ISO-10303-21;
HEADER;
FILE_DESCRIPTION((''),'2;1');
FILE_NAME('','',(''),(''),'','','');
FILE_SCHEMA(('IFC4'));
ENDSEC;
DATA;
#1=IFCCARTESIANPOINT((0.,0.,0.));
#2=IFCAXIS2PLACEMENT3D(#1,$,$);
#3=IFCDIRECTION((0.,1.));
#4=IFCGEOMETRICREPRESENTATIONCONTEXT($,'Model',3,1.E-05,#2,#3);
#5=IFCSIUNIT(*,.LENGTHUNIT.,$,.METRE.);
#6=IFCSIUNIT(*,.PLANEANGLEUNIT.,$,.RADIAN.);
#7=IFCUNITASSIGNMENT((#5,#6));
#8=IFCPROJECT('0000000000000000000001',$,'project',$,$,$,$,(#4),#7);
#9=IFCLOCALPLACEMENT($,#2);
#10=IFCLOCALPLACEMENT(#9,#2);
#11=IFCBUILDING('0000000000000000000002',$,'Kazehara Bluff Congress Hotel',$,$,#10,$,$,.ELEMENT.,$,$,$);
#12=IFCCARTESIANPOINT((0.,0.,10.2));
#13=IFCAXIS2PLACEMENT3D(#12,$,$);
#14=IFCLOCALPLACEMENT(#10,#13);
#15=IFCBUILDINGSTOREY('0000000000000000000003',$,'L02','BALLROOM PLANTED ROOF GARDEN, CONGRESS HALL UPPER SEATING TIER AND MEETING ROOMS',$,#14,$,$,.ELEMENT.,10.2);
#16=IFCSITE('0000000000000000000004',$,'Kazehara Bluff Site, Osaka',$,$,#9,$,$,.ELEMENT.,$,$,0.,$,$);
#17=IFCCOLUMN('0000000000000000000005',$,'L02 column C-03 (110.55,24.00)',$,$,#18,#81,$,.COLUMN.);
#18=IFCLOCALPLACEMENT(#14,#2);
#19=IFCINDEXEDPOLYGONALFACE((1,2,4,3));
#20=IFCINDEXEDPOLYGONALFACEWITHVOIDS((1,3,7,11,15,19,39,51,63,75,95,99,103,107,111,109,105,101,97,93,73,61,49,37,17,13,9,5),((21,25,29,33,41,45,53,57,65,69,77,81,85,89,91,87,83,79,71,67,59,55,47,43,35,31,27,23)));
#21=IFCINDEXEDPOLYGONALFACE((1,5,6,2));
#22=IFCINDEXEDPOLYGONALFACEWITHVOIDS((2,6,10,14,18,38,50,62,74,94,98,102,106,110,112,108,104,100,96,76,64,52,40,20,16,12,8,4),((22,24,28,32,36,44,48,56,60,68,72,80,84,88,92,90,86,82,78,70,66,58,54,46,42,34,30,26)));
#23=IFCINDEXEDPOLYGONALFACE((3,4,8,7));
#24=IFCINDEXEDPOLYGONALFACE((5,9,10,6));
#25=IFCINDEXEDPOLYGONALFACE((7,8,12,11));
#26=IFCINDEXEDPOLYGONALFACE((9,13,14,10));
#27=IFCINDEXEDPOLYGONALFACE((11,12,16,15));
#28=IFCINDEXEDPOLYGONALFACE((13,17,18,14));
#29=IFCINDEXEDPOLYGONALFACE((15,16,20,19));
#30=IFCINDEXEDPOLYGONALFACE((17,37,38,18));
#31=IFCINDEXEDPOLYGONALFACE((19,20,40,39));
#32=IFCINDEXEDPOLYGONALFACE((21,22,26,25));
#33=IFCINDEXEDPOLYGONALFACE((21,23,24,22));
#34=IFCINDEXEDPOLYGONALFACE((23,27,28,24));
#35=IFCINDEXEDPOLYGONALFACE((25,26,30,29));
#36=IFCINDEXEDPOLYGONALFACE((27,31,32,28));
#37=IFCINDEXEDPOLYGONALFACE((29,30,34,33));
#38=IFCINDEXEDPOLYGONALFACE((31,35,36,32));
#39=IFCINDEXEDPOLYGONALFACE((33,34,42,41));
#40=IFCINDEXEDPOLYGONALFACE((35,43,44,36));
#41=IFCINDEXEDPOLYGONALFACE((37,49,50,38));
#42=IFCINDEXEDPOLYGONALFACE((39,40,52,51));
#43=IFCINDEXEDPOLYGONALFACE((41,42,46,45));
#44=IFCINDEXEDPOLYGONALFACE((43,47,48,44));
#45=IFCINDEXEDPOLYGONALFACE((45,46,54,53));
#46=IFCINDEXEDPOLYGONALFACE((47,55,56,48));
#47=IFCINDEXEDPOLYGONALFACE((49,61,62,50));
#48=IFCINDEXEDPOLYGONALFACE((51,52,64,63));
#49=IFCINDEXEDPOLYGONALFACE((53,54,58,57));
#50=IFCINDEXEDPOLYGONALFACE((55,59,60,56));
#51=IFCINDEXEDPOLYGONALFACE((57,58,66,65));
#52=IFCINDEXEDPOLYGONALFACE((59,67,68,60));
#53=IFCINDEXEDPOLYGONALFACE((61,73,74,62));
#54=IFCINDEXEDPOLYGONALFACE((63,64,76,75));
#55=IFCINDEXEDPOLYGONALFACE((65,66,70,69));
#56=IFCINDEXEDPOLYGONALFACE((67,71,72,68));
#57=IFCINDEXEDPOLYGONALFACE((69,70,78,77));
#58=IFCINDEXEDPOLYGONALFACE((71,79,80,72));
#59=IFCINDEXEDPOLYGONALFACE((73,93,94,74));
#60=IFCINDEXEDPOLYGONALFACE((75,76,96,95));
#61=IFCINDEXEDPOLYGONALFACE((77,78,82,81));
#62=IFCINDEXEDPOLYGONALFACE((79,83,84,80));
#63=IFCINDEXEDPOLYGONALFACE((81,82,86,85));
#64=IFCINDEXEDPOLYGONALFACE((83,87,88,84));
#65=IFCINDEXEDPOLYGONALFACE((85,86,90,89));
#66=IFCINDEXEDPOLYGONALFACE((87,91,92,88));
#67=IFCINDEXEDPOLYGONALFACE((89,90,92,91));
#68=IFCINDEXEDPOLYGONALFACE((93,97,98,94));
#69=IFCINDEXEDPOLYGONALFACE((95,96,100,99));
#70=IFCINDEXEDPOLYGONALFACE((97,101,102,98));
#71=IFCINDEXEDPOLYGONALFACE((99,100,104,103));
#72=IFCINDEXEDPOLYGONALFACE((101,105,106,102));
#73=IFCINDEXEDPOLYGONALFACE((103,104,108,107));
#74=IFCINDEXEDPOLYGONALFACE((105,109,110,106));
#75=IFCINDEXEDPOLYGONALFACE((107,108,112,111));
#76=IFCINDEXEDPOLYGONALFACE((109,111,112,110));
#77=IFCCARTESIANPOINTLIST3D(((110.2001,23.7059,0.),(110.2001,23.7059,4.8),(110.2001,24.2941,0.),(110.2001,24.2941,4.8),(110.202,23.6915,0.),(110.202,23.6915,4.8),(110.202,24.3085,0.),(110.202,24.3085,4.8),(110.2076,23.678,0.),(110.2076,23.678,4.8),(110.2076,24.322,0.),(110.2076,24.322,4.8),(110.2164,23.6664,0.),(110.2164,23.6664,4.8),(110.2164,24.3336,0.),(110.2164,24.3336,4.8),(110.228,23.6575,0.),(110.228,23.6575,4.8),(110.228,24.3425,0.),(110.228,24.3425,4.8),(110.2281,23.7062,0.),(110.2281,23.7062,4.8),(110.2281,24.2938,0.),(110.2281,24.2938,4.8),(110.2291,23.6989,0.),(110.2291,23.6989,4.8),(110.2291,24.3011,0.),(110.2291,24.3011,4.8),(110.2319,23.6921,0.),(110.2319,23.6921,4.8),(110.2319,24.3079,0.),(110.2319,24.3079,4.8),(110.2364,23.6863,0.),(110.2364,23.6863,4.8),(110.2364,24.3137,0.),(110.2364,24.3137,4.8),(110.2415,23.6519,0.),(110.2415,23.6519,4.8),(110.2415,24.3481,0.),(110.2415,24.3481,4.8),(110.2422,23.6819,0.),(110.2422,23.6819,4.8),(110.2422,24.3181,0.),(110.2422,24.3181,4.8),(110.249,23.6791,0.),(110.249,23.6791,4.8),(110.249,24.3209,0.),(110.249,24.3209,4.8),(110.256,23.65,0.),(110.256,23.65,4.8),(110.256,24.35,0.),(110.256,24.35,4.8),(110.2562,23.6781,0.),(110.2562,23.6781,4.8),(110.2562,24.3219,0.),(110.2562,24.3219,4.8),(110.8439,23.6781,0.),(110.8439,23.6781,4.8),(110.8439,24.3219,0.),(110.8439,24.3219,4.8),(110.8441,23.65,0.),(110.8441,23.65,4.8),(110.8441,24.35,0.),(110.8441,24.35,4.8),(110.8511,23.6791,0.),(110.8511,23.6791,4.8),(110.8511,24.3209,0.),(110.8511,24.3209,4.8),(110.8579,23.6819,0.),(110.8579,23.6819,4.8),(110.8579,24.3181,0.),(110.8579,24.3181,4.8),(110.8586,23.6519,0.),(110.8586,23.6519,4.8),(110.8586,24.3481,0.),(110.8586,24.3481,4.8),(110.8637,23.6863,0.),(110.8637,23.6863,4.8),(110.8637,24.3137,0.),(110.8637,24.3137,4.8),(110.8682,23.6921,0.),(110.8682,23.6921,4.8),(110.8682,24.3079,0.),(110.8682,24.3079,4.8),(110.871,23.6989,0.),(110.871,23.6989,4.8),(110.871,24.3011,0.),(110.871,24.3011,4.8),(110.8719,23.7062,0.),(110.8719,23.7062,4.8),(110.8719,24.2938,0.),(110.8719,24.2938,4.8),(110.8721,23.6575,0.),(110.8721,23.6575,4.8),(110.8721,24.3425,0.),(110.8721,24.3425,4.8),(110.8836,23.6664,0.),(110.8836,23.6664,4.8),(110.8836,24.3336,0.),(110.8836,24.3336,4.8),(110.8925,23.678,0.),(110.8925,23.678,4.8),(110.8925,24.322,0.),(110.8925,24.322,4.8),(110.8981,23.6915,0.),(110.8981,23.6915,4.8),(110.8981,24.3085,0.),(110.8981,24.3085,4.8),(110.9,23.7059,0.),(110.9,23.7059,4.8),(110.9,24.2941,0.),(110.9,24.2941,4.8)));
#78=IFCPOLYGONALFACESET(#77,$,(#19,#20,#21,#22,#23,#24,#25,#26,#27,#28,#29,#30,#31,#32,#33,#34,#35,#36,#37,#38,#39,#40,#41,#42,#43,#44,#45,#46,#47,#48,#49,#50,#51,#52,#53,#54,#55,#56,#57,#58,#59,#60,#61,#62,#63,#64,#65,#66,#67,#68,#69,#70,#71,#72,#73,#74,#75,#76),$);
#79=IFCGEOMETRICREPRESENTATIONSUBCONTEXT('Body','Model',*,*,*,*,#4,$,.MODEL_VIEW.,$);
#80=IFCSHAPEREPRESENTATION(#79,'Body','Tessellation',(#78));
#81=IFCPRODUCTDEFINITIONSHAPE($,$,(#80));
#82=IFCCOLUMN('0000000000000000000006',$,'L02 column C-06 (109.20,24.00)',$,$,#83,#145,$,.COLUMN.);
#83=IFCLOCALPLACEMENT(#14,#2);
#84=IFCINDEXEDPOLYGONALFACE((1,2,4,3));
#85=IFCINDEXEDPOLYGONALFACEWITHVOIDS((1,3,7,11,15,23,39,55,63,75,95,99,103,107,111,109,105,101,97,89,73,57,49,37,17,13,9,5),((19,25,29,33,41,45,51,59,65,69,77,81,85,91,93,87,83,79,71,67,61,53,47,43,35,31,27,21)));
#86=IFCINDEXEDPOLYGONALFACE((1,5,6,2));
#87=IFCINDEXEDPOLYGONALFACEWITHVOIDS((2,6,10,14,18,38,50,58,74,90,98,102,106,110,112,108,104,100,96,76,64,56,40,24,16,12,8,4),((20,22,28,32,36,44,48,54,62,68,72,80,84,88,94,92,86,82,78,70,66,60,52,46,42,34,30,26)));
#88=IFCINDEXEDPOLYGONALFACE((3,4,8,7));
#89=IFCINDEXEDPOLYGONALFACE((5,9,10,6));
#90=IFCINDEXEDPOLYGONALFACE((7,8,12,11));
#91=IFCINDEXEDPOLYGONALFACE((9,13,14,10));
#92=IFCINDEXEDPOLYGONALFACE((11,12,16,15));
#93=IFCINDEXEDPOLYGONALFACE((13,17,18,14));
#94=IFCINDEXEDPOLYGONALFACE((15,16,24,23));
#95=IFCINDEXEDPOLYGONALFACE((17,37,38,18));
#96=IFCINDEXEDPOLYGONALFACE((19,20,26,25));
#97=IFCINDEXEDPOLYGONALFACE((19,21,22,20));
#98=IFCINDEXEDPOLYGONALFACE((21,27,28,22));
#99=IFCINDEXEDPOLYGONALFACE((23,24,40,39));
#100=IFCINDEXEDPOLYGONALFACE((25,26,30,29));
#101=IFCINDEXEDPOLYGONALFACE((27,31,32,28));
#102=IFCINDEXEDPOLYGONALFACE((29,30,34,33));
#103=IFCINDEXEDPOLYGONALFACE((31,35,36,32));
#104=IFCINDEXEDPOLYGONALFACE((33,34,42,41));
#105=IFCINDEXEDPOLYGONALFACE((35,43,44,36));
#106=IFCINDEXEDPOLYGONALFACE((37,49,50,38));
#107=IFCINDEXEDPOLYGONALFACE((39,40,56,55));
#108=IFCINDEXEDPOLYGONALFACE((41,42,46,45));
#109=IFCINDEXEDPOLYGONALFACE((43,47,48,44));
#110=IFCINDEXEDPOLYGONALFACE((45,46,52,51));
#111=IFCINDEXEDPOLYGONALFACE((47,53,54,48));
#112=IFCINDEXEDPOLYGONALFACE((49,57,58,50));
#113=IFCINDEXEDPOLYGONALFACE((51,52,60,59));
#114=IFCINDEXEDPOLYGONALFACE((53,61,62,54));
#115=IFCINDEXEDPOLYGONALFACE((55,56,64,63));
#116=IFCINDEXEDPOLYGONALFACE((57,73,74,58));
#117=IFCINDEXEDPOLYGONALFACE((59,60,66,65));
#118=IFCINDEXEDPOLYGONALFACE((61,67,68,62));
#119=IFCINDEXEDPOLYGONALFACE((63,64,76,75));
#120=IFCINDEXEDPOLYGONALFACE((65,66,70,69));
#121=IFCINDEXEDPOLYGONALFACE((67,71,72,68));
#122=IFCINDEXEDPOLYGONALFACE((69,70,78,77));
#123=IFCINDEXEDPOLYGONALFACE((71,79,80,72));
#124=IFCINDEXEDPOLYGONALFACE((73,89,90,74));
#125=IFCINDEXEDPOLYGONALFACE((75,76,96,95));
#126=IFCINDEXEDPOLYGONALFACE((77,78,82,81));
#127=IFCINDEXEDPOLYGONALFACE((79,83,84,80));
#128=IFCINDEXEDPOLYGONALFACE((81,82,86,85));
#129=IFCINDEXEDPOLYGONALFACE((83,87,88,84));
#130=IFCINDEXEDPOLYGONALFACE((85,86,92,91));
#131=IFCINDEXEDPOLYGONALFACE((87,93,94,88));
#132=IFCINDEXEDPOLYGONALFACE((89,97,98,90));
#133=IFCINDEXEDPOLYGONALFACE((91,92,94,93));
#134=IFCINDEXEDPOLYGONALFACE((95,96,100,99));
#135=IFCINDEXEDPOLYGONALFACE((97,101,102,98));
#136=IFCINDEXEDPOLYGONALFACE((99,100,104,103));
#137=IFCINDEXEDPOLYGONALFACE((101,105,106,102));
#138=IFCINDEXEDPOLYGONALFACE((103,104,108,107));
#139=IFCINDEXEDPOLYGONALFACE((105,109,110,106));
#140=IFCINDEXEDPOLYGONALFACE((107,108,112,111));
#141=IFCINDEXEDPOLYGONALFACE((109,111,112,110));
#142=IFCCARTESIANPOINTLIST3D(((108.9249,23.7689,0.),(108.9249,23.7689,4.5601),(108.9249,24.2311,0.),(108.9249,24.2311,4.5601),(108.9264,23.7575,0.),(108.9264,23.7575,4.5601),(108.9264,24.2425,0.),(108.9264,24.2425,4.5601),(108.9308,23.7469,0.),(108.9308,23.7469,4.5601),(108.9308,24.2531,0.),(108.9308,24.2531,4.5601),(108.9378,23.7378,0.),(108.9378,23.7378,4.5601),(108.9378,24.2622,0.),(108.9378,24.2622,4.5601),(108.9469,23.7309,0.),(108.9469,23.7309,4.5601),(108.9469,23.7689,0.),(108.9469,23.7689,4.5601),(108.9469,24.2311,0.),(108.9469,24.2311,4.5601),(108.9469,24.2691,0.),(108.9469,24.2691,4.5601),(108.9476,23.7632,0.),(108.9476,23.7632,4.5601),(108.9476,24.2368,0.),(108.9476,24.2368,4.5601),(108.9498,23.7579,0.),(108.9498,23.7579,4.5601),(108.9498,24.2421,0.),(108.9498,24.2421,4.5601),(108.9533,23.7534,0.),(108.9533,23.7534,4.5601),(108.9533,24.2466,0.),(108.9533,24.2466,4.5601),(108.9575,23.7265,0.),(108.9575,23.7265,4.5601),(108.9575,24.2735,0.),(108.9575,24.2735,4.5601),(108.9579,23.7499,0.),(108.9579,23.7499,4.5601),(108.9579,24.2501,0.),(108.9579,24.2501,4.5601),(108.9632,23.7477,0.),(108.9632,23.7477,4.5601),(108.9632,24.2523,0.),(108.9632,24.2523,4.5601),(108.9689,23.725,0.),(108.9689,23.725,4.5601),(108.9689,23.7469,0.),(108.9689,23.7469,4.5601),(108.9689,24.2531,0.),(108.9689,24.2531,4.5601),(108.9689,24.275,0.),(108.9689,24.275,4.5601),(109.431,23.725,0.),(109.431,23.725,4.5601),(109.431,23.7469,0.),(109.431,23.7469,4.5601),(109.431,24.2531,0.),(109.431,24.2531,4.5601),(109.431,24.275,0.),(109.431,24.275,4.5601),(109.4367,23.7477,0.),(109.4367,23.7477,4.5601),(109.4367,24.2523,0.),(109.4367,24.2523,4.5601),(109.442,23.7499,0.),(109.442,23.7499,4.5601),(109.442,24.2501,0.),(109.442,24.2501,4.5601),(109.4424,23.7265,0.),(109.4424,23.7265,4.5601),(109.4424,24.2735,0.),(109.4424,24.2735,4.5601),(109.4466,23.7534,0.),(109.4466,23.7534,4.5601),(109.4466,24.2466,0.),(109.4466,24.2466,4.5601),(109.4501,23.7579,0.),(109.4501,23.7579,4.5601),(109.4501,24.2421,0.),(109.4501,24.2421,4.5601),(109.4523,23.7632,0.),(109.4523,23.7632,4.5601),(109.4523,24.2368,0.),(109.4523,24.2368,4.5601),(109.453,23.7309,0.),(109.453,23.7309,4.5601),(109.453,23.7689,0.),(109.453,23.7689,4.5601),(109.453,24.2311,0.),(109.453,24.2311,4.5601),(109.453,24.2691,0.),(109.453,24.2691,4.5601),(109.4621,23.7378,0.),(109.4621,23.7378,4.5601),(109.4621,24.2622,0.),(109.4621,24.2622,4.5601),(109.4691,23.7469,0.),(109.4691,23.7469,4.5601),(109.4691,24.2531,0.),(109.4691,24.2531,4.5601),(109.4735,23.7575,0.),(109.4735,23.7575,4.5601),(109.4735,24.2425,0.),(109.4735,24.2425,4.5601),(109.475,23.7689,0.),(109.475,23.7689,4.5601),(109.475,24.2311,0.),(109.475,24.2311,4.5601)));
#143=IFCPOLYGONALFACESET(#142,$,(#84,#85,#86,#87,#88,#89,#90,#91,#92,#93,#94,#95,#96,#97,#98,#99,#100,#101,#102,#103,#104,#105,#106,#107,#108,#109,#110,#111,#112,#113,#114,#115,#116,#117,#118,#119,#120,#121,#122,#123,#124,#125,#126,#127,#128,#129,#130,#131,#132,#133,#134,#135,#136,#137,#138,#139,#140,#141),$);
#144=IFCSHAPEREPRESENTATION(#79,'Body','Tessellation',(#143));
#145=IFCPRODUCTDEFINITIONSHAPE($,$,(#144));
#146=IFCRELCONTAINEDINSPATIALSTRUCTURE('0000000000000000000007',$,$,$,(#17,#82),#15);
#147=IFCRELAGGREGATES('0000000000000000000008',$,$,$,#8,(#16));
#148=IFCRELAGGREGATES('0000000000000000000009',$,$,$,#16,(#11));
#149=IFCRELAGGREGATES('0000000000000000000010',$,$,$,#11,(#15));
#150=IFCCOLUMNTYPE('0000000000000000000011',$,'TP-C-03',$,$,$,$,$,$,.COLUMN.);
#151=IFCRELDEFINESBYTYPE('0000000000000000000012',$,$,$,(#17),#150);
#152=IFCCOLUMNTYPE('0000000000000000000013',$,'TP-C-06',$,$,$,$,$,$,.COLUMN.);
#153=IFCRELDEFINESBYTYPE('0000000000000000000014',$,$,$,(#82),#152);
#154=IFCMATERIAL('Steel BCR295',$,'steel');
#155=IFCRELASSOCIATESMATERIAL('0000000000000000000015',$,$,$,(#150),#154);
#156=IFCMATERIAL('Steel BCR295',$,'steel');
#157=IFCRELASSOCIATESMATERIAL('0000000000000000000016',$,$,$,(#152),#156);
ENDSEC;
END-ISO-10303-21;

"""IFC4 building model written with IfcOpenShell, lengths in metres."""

from ifc_helpers import new_model, si_unit, direction, frame, origin, origin_2d, place, context, subcontext, project, spatial, hollow_rectangle, extrude, material, material_profile, profile_set, type_object, element, save


model = new_model("IFC4")

# Units and contexts
model_context = context("Model", 3, precision=1e-05, world=origin(), true_north=direction((0.0, 1.0)))
body_context = subcontext(model_context, "Body", "Model", "MODEL_VIEW")
ifc_project = project(units=[si_unit("LENGTHUNIT", "METRE"), si_unit("PLANEANGLEUNIT", "RADIAN")], contexts=[model_context])

# Site, building, storey
site_placement = place(None, origin())
site = spatial("IfcSite", under=ifc_project, at=site_placement, Name="Kazehara Bluff Site, Osaka", CompositionType="ELEMENT", RefElevation=0.0)
building_placement = place(site_placement, origin())
building = spatial("IfcBuilding", under=site, at=building_placement, Name="Kazehara Bluff Congress Hotel", CompositionType="ELEMENT")
storey_placement = place(building_placement, frame((0.0, 0.0, 10.2)))
storey = spatial("IfcBuildingStorey", under=building, at=storey_placement, Name="L02", Description="BALLROOM PLANTED ROOF GARDEN, CONGRESS HALL UPPER SEATING TIER AND MEETING ROOMS", CompositionType="ELEMENT", Elevation=10.2)

# Columns
ifc_material_1 = material(Name="Steel BCR295", Category="steel")
ifc_material_profile_1 = material_profile(ifc_material_1, hollow_rectangle(XDim=0.7, YDim=0.7, WallThickness=0.0281, InnerFilletRadius=0.0281, OuterFilletRadius=0.0559, at=origin_2d()))
ifc_profile_set_1 = profile_set([ifc_material_profile_1], Name="Steel BCR295")
column_type_1 = type_object("IfcColumnType", Name="TP-C-03", PredefinedType="COLUMN", material=ifc_profile_set_1)
column_1_placement = place(storey_placement, frame((110.55, 24.0, 0.0), z_axis=(0.0, 0.0, 1.0), x_axis=(1.0, 0.0, 0.0)))
element("IfcColumn", 1, at=column_1_placement, inside=storey, type_object=column_type_1, Name="L02 column C-03 (110.55,24.00)", PredefinedType="COLUMN", context=body_context, shape_type="SweptSolid", body=[
    extrude(hollow_rectangle(XDim=0.7, YDim=0.7, WallThickness=0.0281, InnerFilletRadius=0.0281, OuterFilletRadius=0.0559, at=origin_2d()), origin(), (0.0, 0.0, 1.0), 4.8),
])
ifc_material_2 = material(Name="Steel BCR295", Category="steel")
ifc_material_profile_2 = material_profile(ifc_material_2, hollow_rectangle(XDim=0.55, YDim=0.55, WallThickness=0.022, InnerFilletRadius=0.022, OuterFilletRadius=0.0439, at=origin_2d()))
ifc_profile_set_2 = profile_set([ifc_material_profile_2], Name="Steel BCR295")
column_type_2 = type_object("IfcColumnType", Name="TP-C-06", PredefinedType="COLUMN", material=ifc_profile_set_2)
column_2_placement = place(storey_placement, frame((109.2, 24.0, 0.0), z_axis=(0.0, 0.0, 1.0), x_axis=(1.0, 0.0, 0.0)))
element("IfcColumn", 2, at=column_2_placement, inside=storey, type_object=column_type_2, Name="L02 column C-06 (109.20,24.00)", PredefinedType="COLUMN", context=body_context, shape_type="SweptSolid", body=[
    extrude(hollow_rectangle(XDim=0.55, YDim=0.55, WallThickness=0.022, InnerFilletRadius=0.022, OuterFilletRadius=0.0439, at=origin_2d()), origin(), (0.0, 0.0, 1.0), 4.5601),
])

save(model, "model.ifc")
